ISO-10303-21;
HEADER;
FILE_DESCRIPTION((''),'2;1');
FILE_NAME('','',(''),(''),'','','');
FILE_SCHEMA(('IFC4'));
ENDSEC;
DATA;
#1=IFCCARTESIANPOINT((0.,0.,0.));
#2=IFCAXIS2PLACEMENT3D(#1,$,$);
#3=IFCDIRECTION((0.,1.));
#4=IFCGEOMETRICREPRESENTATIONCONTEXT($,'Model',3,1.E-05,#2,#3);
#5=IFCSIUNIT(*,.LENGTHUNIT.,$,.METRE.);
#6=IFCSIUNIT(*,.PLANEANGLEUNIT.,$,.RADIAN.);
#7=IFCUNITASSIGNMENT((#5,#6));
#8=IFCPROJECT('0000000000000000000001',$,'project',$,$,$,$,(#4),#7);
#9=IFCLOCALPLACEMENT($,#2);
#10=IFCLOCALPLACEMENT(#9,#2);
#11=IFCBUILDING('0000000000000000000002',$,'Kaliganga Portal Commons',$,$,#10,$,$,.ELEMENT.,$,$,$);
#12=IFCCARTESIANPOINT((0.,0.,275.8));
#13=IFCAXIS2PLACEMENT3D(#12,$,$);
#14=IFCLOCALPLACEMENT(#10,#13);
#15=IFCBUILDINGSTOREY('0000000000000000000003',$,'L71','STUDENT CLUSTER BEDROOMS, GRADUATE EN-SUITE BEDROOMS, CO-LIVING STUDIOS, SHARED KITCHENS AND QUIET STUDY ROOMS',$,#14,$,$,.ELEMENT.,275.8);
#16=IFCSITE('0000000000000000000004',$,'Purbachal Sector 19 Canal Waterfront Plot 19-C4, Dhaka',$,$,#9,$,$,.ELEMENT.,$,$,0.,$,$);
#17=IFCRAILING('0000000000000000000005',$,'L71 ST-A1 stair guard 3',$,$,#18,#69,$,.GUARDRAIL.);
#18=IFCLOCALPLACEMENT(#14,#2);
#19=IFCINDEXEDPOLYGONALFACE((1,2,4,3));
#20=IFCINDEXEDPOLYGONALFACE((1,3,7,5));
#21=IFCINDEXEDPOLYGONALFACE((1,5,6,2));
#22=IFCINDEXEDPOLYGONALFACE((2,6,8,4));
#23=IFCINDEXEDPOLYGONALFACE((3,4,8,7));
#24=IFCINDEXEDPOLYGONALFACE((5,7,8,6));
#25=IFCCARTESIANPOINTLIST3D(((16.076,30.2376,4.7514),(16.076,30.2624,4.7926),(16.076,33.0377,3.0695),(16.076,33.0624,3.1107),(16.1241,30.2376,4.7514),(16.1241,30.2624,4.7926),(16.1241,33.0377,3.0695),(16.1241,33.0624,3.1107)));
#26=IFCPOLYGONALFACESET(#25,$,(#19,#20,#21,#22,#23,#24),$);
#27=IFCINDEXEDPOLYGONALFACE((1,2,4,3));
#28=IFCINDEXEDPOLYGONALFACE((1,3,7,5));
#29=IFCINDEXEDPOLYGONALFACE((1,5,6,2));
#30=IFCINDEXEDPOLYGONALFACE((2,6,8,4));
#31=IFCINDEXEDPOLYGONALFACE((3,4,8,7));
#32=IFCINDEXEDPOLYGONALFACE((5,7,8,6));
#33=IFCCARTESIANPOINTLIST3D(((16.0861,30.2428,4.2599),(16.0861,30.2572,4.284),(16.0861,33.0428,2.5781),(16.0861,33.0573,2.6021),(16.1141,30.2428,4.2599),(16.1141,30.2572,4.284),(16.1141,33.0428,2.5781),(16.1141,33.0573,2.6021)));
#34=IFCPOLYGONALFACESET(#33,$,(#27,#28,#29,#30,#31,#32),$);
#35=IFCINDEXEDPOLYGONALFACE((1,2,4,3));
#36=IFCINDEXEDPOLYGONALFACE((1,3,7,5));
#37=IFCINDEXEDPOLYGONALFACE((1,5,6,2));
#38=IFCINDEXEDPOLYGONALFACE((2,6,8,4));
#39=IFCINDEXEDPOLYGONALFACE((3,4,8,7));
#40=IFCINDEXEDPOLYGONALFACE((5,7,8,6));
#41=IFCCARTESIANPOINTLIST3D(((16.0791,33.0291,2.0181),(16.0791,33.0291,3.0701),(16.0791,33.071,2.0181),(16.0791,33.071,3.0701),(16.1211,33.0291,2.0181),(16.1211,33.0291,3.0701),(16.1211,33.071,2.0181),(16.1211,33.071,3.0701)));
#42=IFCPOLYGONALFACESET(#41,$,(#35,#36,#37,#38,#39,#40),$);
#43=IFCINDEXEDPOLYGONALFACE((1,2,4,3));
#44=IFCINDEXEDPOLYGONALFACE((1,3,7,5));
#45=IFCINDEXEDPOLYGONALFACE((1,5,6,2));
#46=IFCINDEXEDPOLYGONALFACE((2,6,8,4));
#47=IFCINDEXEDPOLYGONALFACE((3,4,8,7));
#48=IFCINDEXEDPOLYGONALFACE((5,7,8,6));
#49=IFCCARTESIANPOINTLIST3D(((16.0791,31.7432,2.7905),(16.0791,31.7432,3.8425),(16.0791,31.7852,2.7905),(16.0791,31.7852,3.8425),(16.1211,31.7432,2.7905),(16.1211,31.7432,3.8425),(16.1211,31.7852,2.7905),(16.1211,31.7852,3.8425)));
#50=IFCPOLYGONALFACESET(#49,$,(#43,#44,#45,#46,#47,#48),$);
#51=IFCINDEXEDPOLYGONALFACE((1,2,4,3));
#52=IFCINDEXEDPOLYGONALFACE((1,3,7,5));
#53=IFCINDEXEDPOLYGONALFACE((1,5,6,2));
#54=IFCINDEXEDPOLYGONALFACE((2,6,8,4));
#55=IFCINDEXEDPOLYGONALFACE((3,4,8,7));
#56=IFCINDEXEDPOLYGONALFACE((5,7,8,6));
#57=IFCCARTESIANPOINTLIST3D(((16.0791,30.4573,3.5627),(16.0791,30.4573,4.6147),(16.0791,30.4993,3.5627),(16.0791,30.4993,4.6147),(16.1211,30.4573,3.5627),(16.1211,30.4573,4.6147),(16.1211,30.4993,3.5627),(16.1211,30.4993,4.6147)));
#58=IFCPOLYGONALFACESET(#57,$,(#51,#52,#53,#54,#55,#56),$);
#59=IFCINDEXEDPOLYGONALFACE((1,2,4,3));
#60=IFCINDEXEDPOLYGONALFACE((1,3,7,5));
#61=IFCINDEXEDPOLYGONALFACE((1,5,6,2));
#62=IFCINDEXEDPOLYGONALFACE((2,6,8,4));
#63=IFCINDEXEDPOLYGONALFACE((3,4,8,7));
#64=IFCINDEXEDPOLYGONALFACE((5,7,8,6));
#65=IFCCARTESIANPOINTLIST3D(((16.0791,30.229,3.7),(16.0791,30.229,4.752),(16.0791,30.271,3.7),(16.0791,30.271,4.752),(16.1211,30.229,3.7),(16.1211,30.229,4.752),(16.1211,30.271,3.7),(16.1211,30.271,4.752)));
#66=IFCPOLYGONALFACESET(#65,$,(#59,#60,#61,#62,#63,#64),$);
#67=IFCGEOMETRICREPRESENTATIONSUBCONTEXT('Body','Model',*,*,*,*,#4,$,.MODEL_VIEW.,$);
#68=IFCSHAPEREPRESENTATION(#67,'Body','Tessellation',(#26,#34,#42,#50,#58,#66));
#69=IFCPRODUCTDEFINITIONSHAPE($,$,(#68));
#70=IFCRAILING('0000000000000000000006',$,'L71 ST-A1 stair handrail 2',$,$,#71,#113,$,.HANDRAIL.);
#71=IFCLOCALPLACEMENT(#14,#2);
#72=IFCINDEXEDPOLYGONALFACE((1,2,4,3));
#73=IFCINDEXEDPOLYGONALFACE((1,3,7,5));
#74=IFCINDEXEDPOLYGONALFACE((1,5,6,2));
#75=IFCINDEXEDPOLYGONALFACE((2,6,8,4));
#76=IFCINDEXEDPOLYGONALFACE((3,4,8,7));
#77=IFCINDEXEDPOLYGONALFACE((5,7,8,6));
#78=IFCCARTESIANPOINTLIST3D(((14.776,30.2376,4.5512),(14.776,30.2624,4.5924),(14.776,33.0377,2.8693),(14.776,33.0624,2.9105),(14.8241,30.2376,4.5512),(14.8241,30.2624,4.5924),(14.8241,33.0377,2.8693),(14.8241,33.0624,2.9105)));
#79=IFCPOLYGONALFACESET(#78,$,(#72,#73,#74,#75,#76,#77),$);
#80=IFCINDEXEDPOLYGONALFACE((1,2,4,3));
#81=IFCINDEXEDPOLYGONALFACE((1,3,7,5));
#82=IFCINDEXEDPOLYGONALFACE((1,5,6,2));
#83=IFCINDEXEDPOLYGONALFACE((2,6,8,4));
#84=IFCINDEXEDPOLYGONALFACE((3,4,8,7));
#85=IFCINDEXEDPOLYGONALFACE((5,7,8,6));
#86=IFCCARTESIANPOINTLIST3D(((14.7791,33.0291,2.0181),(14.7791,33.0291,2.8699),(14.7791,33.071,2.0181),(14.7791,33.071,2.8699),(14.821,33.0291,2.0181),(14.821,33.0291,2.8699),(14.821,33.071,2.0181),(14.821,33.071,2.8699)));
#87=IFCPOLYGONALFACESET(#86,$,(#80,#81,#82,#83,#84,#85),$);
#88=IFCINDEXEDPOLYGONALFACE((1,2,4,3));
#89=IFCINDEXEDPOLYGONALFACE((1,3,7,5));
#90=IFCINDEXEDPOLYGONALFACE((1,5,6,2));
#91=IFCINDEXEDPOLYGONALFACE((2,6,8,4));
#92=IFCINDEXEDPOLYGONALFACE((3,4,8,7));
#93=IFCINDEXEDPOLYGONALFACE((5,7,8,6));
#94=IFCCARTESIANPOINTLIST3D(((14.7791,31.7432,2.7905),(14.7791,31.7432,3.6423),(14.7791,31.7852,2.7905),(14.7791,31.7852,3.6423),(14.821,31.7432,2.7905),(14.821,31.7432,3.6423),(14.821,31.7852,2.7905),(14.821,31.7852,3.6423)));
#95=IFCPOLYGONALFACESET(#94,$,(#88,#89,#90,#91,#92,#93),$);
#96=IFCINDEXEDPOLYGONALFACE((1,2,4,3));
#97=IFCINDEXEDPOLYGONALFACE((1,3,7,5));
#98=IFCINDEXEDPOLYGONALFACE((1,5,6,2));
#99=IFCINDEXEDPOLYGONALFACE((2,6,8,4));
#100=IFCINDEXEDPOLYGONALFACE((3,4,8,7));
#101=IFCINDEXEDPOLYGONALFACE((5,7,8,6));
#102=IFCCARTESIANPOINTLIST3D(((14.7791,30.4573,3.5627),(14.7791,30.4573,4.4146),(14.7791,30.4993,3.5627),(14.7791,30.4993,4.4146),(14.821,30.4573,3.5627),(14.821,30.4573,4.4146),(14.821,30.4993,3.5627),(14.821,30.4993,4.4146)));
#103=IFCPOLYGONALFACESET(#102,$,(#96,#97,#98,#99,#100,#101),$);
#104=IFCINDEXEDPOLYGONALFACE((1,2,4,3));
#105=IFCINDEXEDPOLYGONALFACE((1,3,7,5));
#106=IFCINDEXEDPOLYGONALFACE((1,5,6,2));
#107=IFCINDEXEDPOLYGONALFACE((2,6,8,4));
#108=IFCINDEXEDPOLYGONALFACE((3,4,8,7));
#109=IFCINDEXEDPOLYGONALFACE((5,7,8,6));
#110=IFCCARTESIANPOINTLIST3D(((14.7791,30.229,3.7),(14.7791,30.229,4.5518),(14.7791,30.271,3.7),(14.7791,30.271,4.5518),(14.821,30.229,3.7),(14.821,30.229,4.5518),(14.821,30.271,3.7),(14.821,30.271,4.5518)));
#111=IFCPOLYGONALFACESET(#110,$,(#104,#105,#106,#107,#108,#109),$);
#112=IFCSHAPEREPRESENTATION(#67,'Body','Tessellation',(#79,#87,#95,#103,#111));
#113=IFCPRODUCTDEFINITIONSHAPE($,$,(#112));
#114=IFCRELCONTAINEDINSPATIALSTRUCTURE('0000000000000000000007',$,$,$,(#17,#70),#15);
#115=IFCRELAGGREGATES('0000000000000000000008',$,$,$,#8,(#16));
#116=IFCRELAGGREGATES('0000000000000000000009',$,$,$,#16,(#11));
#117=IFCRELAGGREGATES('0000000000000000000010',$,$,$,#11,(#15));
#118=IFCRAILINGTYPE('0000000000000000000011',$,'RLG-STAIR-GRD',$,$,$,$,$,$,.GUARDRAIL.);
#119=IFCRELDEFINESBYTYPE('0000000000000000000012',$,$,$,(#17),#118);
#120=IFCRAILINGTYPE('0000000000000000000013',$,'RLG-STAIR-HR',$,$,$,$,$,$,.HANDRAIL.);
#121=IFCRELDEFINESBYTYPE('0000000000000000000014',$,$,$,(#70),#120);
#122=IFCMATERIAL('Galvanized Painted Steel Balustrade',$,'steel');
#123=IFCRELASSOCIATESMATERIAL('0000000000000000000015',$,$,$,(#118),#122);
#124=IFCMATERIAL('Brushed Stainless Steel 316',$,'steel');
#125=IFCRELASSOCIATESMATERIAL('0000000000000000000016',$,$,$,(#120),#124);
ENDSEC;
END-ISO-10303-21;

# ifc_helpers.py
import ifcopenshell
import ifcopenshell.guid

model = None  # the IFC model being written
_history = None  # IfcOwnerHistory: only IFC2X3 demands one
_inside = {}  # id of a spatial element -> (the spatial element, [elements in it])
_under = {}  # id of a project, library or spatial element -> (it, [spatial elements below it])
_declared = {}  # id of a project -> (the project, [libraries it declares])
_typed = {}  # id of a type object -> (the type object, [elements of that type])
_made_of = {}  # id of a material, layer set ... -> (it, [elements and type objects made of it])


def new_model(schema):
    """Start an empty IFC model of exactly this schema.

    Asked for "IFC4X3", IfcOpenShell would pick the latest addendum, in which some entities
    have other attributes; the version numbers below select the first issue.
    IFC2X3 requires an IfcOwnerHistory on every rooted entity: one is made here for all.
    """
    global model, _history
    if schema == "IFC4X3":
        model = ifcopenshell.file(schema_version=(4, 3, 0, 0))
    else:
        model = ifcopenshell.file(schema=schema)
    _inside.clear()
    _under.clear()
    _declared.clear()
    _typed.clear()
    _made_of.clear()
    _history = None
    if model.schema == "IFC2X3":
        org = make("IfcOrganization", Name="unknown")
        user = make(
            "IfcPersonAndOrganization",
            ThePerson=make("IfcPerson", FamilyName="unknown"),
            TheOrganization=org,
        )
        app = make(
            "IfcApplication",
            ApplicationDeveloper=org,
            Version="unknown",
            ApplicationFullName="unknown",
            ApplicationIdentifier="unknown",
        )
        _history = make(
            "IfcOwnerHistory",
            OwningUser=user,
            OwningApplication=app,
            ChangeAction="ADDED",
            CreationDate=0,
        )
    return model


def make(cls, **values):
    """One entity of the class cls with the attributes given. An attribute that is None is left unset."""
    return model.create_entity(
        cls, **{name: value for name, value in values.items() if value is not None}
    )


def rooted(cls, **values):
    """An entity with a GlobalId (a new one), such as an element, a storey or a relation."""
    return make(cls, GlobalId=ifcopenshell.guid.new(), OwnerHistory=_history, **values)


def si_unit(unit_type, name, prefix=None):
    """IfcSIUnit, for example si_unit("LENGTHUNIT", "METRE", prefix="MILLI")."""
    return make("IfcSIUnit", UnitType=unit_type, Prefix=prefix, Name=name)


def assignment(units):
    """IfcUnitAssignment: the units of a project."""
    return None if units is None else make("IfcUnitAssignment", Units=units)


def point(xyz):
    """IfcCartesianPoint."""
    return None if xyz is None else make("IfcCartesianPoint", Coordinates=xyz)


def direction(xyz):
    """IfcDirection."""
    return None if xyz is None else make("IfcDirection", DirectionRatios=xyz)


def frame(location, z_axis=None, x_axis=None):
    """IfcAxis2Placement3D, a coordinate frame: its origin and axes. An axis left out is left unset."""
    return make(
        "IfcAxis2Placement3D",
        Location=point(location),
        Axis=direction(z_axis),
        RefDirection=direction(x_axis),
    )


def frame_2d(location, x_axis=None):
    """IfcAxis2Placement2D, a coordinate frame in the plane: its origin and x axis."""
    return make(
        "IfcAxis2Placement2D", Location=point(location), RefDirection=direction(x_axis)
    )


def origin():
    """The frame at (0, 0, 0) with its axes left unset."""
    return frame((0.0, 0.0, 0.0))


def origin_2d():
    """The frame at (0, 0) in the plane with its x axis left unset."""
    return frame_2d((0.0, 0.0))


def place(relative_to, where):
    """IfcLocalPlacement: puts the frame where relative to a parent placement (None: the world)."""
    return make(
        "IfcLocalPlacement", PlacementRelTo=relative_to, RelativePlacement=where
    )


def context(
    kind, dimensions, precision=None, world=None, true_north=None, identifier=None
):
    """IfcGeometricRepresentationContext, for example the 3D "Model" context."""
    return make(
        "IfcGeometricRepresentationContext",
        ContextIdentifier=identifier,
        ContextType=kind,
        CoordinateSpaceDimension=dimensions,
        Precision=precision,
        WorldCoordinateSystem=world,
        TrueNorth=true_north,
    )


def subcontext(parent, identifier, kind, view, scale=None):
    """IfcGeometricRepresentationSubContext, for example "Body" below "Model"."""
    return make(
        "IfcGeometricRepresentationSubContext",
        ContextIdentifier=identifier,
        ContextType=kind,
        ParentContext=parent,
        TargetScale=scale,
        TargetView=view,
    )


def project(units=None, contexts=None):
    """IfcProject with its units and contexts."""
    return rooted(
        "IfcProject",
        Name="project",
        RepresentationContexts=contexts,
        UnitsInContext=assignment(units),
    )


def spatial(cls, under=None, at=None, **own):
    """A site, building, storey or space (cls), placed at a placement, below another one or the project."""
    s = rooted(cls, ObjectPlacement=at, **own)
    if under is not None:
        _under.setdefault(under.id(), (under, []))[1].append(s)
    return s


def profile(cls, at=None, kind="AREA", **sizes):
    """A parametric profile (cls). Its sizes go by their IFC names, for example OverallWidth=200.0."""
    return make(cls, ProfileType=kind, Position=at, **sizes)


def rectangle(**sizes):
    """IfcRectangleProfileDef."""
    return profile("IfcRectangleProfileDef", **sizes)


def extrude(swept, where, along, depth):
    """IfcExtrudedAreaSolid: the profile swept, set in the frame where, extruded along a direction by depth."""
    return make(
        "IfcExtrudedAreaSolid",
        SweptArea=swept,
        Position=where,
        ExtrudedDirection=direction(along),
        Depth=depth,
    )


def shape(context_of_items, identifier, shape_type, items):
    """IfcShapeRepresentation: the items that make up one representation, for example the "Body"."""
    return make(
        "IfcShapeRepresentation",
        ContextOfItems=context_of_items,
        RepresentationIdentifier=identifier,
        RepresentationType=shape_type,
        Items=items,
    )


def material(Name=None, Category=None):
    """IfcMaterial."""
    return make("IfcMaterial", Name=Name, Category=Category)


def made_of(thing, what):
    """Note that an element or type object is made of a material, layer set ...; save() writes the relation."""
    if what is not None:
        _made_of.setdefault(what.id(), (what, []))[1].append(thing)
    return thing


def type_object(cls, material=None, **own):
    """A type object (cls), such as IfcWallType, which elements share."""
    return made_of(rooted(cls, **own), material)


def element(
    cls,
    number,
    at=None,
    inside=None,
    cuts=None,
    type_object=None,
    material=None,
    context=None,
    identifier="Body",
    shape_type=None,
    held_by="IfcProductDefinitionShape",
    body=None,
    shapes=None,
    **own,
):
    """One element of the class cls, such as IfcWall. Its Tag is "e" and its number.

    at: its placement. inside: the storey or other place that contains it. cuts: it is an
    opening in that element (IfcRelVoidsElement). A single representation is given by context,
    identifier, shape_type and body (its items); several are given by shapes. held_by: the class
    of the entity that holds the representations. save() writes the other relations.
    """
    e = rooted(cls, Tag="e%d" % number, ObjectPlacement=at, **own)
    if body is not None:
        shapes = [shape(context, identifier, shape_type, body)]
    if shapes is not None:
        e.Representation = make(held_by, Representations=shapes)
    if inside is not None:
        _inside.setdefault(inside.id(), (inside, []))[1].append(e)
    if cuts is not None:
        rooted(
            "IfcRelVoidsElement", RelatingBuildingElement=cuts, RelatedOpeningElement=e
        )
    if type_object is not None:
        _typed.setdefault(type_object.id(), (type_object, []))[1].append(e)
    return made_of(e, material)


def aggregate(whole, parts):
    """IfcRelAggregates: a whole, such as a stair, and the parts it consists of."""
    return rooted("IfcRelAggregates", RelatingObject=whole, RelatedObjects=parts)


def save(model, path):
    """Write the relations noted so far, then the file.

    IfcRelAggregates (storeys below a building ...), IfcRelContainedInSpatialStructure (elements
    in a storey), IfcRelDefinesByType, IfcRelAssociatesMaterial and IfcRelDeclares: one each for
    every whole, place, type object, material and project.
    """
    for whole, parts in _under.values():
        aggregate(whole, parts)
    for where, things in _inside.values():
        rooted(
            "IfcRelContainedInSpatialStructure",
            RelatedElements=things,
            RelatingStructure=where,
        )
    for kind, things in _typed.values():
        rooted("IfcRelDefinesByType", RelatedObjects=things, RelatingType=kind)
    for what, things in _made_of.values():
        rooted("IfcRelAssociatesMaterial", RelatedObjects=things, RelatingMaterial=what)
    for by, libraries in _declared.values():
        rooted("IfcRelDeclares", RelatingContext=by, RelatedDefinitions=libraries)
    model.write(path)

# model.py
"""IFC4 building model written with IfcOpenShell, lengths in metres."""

from ifc_helpers import new_model, si_unit, direction, frame, origin, origin_2d, place, context, subcontext, project, spatial, rectangle, extrude, material, type_object, element, save


model = new_model("IFC4")

# Units and contexts
model_context = context("Model", 3, precision=1e-05, world=origin(), true_north=direction((0.0, 1.0)))
body_context = subcontext(model_context, "Body", "Model", "MODEL_VIEW")
ifc_project = project(units=[si_unit("LENGTHUNIT", "METRE"), si_unit("PLANEANGLEUNIT", "RADIAN")], contexts=[model_context])

# Site, building, storey
site_placement = place(None, origin())
site = spatial("IfcSite", under=ifc_project, at=site_placement, Name="Purbachal Sector 19 Canal Waterfront Plot 19-C4, Dhaka", CompositionType="ELEMENT", RefElevation=0.0)
building_placement = place(site_placement, origin())
building = spatial("IfcBuilding", under=site, at=building_placement, Name="Kaliganga Portal Commons", CompositionType="ELEMENT")
storey_placement = place(building_placement, frame((0.0, 0.0, 275.8)))
storey = spatial("IfcBuildingStorey", under=building, at=storey_placement, Name="L71", Description="STUDENT CLUSTER BEDROOMS, GRADUATE EN-SUITE BEDROOMS, CO-LIVING STUDIOS, SHARED KITCHENS AND QUIET STUDY ROOMS", CompositionType="ELEMENT", Elevation=275.8)

# Railings
ifc_material_1 = material(Name="Galvanized Painted Steel Balustrade", Category="steel")
railing_type_1 = type_object("IfcRailingType", Name="RLG-STAIR-GRD", PredefinedType="GUARDRAIL", material=ifc_material_1)
railing_1_placement = place(storey_placement, frame((16.1001, 33.05, 2.0181)))
element("IfcRailing", 1, at=railing_1_placement, inside=storey, type_object=railing_type_1, Name="L71 ST-A1 stair guard 3", PredefinedType="GUARDRAIL", context=body_context, shape_type="SweptSolid", body=[
    extrude(rectangle(XDim=0.0481, YDim=0.0481, at=origin_2d()), frame((0.0, 0.0, 1.072), z_axis=(0.0, -0.857242, 0.514913), x_axis=(1.0, 0.0, 0.0)), (0.0, 0.0, 1.0), 3.2664),
    extrude(rectangle(XDim=0.0281, YDim=0.0281, at=origin_2d()), frame((0.0, 0.0, 0.572), z_axis=(0.0, -0.857242, 0.514913), x_axis=(1.0, 0.0, 0.0)), (0.0, 0.0, 1.0), 3.2664),
    extrude(rectangle(XDim=0.042, YDim=0.042, at=origin_2d()), origin(), (0.0, 0.0, 1.0), 1.052),
    extrude(rectangle(XDim=0.042, YDim=0.042, at=origin_2d()), frame((0.0, -1.2859, 0.7725)), (0.0, 0.0, 1.0), 1.052),
    extrude(rectangle(XDim=0.042, YDim=0.042, at=origin_2d()), frame((0.0, -2.5718, 1.5447)), (0.0, 0.0, 1.0), 1.052),
    extrude(rectangle(XDim=0.042, YDim=0.042, at=origin_2d()), frame((0.0, -2.8, 1.6819)), (0.0, 0.0, 1.0), 1.052),
])
ifc_material_2 = material(Name="Brushed Stainless Steel 316", Category="steel")
railing_type_2 = type_object("IfcRailingType", Name="RLG-STAIR-HR", PredefinedType="HANDRAIL", material=ifc_material_2)
railing_2_placement = place(storey_placement, frame((14.8, 33.05, 2.0181)))
element("IfcRailing", 2, at=railing_2_placement, inside=storey, type_object=railing_type_2, Name="L71 ST-A1 stair handrail 2", PredefinedType="HANDRAIL", context=body_context, shape_type="SweptSolid", body=[
    extrude(rectangle(XDim=0.0481, YDim=0.0481, at=origin_2d()), frame((0.0, 0.0, 0.8718), z_axis=(0.0, -0.857242, 0.514913), x_axis=(1.0, 0.0, 0.0)), (0.0, 0.0, 1.0), 3.2664),
    extrude(rectangle(XDim=0.042, YDim=0.042, at=origin_2d()), origin(), (0.0, 0.0, 1.0), 0.8518),
    extrude(rectangle(XDim=0.042, YDim=0.042, at=origin_2d()), frame((0.0, -1.2859, 0.7725)), (0.0, 0.0, 1.0), 0.8518),
    extrude(rectangle(XDim=0.042, YDim=0.042, at=origin_2d()), frame((0.0, -2.5718, 1.5447)), (0.0, 0.0, 1.0), 0.8518),
    extrude(rectangle(XDim=0.042, YDim=0.042, at=origin_2d()), frame((0.0, -2.8, 1.6819)), (0.0, 0.0, 1.0), 0.8518),
])

save(model, "model.ifc")
